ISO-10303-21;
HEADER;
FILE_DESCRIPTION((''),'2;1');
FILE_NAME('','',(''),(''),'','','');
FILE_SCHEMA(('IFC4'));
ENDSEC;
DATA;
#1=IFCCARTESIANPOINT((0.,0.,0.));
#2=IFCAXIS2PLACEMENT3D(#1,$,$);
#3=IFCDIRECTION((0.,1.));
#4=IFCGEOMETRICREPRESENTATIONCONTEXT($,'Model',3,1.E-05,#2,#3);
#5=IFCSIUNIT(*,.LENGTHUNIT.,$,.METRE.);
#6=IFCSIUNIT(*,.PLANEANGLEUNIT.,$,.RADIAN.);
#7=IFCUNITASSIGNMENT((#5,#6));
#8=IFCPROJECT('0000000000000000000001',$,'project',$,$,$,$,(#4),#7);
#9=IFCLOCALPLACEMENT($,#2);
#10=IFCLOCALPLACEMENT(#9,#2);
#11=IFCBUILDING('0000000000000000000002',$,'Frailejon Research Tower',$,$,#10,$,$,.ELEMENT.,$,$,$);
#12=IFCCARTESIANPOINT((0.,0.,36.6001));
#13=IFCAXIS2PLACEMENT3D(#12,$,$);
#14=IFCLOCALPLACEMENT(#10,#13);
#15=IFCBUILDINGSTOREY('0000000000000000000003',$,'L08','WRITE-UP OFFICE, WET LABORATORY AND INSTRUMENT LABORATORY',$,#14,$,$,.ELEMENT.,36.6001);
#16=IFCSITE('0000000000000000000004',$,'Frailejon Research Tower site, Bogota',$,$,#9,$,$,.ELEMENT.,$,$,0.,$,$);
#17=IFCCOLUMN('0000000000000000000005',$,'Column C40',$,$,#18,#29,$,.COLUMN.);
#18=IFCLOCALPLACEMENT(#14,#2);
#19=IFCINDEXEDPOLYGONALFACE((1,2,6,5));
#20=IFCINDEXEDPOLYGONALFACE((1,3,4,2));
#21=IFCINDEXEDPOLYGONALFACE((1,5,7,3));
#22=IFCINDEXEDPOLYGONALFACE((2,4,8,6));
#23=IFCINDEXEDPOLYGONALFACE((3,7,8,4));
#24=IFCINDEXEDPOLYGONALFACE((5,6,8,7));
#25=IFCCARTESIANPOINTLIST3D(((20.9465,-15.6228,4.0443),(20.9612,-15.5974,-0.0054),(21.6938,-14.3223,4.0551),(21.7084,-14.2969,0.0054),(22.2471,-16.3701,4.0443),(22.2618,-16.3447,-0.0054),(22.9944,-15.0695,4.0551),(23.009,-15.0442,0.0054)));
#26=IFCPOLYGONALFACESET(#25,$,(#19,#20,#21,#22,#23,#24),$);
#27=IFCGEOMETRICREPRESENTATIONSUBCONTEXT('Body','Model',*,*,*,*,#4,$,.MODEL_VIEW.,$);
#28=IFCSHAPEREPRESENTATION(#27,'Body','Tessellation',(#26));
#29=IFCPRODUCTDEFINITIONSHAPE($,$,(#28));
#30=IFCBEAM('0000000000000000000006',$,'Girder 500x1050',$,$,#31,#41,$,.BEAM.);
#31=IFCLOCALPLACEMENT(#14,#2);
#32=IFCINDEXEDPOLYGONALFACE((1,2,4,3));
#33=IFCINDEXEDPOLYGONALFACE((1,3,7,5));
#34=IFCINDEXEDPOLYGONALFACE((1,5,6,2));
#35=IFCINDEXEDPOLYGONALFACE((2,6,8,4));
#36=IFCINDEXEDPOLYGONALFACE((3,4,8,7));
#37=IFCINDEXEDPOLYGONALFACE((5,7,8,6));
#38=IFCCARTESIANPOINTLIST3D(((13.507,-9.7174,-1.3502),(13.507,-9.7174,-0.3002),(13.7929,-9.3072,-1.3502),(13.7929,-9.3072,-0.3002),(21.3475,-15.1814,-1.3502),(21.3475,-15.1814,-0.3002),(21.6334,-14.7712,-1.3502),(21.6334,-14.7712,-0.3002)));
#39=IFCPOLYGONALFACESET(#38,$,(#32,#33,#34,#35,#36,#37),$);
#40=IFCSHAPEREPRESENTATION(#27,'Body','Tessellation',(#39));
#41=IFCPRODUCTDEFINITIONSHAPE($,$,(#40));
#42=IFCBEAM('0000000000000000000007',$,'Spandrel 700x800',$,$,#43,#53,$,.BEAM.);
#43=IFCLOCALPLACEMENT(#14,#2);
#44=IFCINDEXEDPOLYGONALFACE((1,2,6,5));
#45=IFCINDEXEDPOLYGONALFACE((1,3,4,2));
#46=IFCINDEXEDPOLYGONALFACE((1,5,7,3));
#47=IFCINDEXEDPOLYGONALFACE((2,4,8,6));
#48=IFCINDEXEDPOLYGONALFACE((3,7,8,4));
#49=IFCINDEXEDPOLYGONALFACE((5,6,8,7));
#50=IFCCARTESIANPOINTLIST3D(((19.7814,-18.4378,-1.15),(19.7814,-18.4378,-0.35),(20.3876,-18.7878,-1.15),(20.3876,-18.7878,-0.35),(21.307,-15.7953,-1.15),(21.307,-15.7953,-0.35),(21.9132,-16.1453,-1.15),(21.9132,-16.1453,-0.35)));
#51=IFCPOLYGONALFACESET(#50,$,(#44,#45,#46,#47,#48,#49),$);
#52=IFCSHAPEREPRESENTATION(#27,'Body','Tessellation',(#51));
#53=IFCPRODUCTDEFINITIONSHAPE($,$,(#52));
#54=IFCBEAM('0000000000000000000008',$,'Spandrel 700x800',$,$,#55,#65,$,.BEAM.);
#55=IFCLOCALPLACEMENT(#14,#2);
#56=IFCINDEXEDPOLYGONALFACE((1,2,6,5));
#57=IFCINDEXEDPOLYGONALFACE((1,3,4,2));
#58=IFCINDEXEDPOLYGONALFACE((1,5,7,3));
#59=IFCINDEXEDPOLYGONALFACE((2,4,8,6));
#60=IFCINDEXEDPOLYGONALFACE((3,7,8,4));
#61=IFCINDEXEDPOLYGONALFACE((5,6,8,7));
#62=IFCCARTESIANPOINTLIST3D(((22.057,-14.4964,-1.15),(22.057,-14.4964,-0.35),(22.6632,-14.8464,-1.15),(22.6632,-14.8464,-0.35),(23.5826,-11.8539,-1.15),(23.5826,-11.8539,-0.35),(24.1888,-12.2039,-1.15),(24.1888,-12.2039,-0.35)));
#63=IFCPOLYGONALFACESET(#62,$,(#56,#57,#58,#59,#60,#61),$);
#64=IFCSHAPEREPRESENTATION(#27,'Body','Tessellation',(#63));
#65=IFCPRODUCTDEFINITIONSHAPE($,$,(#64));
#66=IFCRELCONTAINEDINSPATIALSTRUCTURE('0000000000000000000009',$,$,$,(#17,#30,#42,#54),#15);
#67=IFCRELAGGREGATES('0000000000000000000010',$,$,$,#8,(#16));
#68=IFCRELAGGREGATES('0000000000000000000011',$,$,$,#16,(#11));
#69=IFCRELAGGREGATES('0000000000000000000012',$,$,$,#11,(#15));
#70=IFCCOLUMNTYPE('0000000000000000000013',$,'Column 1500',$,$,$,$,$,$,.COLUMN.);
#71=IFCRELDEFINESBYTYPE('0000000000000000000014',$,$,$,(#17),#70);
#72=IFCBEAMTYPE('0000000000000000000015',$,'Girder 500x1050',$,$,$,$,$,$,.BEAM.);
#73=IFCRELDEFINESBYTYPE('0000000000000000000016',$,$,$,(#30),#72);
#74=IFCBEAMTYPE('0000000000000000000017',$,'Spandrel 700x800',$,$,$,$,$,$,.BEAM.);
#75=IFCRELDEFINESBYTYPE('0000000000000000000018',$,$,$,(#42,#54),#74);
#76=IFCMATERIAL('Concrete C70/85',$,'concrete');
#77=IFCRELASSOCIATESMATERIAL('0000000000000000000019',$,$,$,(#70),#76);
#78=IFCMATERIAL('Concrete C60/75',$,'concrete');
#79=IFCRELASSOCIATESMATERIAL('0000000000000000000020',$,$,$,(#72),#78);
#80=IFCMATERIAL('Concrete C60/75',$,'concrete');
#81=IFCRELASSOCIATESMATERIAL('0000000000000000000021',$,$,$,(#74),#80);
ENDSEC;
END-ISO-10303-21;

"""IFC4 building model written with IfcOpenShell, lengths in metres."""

from ifc_helpers import new_model, si_unit, direction, frame, origin, origin_2d, place, context, subcontext, project, spatial, rectangle, extrude, material, material_profile, profile_set, type_object, element, save


model = new_model("IFC4")

# Units and contexts
model_context = context("Model", 3, precision=1e-05, world=origin(), true_north=direction((0.0, 1.0)))
body_context = subcontext(model_context, "Body", "Model", "MODEL_VIEW")
ifc_project = project(units=[si_unit("LENGTHUNIT", "METRE"), si_unit("PLANEANGLEUNIT", "RADIAN")], contexts=[model_context])

# Site, building, storey
site_placement = place(None, origin())
site = spatial("IfcSite", under=ifc_project, at=site_placement, Name="Frailejon Research Tower site, Bogota", CompositionType="ELEMENT", RefElevation=0.0)
building_placement = place(site_placement, origin())
building = spatial("IfcBuilding", under=site, at=building_placement, Name="Frailejon Research Tower", CompositionType="ELEMENT")
storey_placement = place(building_placement, frame((0.0, 0.0, 36.6001)))
storey = spatial("IfcBuildingStorey", under=building, at=storey_placement, Name="L08", Description="WRITE-UP OFFICE, WET LABORATORY AND INSTRUMENT LABORATORY", CompositionType="ELEMENT", Elevation=36.6001)

# Column
ifc_material_1 = material(Name="Concrete C70/85", Category="concrete")
ifc_material_profile_1 = material_profile(ifc_material_1, rectangle(XDim=1.5, YDim=1.5, at=origin_2d()), Name="Column 1500")
ifc_profile_set_1 = profile_set([ifc_material_profile_1], Name="Concrete C70/85")
column_type = type_object("IfcColumnType", Name="Column 1500", PredefinedType="COLUMN", material=ifc_profile_set_1)
column_placement = place(storey_placement, frame((21.9851, -15.3208, 0.0), z_axis=(-0.003617, -0.006269, 0.999974), x_axis=(0.498177, 0.867045, 0.007238)))
element("IfcColumn", 1, at=column_placement, inside=storey, type_object=column_type, Name="Column C40", PredefinedType="COLUMN", context=body_context, shape_type="SweptSolid", body=[
    extrude(rectangle(XDim=1.5, YDim=1.5, at=origin_2d()), origin(), (0.0, 0.0, 1.0), 4.0498),
])

# Beams
ifc_material_2 = material(Name="Concrete C60/75", Category="concrete")
ifc_material_profile_2 = material_profile(ifc_material_2, rectangle(XDim=0.5, YDim=1.05, at=origin_2d()), Name="Girder 500x1050")
ifc_profile_set_2 = profile_set([ifc_material_profile_2], Name="Concrete C60/75")
beam_type_1 = type_object("IfcBeamType", Name="Girder 500x1050", PredefinedType="BEAM", material=ifc_profile_set_2)
beam_placement = place(storey_placement, frame((21.4905, -14.9763, -0.8252), z_axis=(-0.820424, 0.571755, 0.0), x_axis=(-0.571755, -0.820424, 0.0)))
element("IfcBeam", 2, at=beam_placement, inside=storey, type_object=beam_type_1, Name="Girder 500x1050", PredefinedType="BEAM", context=body_context, shape_type="SweptSolid", body=[
    extrude(rectangle(XDim=0.5, YDim=1.05, at=origin_2d()), origin(), (0.0, 0.0, 1.0), 9.5566),
])
ifc_material_3 = material(Name="Concrete C60/75", Category="concrete")
ifc_material_profile_3 = material_profile(ifc_material_3, rectangle(XDim=0.7, YDim=0.8, at=origin_2d()), Name="Spandrel 700x800")
ifc_profile_set_3 = profile_set([ifc_material_profile_3], Name="Concrete C60/75")
beam_type_2 = type_object("IfcBeamType", Name="Spandrel 700x800", PredefinedType="BEAM", material=ifc_profile_set_3)
for number, where, z_axis, x_axis, name in (
    (3, (20.0845, -18.6128, -0.75), (0.499986, 0.866034, 0.0), (-0.866034, 0.499986, 0.0), "Spandrel 700x800"),
    (4, (22.3601, -14.6714, -0.75), (0.499986, 0.866034, 0.0), (-0.866034, 0.499986, 0.0), "Spandrel 700x800"),
):
    element("IfcBeam", number, at=place(storey_placement, frame(where, z_axis=z_axis, x_axis=x_axis)), inside=storey, type_object=beam_type_2, Name=name, PredefinedType="BEAM", context=body_context, shape_type="SweptSolid", body=[
        extrude(rectangle(XDim=0.7, YDim=0.8, at=origin_2d()), origin(), (0.0, 0.0, 1.0), 3.0513),
    ])

save(model, "model.ifc")
